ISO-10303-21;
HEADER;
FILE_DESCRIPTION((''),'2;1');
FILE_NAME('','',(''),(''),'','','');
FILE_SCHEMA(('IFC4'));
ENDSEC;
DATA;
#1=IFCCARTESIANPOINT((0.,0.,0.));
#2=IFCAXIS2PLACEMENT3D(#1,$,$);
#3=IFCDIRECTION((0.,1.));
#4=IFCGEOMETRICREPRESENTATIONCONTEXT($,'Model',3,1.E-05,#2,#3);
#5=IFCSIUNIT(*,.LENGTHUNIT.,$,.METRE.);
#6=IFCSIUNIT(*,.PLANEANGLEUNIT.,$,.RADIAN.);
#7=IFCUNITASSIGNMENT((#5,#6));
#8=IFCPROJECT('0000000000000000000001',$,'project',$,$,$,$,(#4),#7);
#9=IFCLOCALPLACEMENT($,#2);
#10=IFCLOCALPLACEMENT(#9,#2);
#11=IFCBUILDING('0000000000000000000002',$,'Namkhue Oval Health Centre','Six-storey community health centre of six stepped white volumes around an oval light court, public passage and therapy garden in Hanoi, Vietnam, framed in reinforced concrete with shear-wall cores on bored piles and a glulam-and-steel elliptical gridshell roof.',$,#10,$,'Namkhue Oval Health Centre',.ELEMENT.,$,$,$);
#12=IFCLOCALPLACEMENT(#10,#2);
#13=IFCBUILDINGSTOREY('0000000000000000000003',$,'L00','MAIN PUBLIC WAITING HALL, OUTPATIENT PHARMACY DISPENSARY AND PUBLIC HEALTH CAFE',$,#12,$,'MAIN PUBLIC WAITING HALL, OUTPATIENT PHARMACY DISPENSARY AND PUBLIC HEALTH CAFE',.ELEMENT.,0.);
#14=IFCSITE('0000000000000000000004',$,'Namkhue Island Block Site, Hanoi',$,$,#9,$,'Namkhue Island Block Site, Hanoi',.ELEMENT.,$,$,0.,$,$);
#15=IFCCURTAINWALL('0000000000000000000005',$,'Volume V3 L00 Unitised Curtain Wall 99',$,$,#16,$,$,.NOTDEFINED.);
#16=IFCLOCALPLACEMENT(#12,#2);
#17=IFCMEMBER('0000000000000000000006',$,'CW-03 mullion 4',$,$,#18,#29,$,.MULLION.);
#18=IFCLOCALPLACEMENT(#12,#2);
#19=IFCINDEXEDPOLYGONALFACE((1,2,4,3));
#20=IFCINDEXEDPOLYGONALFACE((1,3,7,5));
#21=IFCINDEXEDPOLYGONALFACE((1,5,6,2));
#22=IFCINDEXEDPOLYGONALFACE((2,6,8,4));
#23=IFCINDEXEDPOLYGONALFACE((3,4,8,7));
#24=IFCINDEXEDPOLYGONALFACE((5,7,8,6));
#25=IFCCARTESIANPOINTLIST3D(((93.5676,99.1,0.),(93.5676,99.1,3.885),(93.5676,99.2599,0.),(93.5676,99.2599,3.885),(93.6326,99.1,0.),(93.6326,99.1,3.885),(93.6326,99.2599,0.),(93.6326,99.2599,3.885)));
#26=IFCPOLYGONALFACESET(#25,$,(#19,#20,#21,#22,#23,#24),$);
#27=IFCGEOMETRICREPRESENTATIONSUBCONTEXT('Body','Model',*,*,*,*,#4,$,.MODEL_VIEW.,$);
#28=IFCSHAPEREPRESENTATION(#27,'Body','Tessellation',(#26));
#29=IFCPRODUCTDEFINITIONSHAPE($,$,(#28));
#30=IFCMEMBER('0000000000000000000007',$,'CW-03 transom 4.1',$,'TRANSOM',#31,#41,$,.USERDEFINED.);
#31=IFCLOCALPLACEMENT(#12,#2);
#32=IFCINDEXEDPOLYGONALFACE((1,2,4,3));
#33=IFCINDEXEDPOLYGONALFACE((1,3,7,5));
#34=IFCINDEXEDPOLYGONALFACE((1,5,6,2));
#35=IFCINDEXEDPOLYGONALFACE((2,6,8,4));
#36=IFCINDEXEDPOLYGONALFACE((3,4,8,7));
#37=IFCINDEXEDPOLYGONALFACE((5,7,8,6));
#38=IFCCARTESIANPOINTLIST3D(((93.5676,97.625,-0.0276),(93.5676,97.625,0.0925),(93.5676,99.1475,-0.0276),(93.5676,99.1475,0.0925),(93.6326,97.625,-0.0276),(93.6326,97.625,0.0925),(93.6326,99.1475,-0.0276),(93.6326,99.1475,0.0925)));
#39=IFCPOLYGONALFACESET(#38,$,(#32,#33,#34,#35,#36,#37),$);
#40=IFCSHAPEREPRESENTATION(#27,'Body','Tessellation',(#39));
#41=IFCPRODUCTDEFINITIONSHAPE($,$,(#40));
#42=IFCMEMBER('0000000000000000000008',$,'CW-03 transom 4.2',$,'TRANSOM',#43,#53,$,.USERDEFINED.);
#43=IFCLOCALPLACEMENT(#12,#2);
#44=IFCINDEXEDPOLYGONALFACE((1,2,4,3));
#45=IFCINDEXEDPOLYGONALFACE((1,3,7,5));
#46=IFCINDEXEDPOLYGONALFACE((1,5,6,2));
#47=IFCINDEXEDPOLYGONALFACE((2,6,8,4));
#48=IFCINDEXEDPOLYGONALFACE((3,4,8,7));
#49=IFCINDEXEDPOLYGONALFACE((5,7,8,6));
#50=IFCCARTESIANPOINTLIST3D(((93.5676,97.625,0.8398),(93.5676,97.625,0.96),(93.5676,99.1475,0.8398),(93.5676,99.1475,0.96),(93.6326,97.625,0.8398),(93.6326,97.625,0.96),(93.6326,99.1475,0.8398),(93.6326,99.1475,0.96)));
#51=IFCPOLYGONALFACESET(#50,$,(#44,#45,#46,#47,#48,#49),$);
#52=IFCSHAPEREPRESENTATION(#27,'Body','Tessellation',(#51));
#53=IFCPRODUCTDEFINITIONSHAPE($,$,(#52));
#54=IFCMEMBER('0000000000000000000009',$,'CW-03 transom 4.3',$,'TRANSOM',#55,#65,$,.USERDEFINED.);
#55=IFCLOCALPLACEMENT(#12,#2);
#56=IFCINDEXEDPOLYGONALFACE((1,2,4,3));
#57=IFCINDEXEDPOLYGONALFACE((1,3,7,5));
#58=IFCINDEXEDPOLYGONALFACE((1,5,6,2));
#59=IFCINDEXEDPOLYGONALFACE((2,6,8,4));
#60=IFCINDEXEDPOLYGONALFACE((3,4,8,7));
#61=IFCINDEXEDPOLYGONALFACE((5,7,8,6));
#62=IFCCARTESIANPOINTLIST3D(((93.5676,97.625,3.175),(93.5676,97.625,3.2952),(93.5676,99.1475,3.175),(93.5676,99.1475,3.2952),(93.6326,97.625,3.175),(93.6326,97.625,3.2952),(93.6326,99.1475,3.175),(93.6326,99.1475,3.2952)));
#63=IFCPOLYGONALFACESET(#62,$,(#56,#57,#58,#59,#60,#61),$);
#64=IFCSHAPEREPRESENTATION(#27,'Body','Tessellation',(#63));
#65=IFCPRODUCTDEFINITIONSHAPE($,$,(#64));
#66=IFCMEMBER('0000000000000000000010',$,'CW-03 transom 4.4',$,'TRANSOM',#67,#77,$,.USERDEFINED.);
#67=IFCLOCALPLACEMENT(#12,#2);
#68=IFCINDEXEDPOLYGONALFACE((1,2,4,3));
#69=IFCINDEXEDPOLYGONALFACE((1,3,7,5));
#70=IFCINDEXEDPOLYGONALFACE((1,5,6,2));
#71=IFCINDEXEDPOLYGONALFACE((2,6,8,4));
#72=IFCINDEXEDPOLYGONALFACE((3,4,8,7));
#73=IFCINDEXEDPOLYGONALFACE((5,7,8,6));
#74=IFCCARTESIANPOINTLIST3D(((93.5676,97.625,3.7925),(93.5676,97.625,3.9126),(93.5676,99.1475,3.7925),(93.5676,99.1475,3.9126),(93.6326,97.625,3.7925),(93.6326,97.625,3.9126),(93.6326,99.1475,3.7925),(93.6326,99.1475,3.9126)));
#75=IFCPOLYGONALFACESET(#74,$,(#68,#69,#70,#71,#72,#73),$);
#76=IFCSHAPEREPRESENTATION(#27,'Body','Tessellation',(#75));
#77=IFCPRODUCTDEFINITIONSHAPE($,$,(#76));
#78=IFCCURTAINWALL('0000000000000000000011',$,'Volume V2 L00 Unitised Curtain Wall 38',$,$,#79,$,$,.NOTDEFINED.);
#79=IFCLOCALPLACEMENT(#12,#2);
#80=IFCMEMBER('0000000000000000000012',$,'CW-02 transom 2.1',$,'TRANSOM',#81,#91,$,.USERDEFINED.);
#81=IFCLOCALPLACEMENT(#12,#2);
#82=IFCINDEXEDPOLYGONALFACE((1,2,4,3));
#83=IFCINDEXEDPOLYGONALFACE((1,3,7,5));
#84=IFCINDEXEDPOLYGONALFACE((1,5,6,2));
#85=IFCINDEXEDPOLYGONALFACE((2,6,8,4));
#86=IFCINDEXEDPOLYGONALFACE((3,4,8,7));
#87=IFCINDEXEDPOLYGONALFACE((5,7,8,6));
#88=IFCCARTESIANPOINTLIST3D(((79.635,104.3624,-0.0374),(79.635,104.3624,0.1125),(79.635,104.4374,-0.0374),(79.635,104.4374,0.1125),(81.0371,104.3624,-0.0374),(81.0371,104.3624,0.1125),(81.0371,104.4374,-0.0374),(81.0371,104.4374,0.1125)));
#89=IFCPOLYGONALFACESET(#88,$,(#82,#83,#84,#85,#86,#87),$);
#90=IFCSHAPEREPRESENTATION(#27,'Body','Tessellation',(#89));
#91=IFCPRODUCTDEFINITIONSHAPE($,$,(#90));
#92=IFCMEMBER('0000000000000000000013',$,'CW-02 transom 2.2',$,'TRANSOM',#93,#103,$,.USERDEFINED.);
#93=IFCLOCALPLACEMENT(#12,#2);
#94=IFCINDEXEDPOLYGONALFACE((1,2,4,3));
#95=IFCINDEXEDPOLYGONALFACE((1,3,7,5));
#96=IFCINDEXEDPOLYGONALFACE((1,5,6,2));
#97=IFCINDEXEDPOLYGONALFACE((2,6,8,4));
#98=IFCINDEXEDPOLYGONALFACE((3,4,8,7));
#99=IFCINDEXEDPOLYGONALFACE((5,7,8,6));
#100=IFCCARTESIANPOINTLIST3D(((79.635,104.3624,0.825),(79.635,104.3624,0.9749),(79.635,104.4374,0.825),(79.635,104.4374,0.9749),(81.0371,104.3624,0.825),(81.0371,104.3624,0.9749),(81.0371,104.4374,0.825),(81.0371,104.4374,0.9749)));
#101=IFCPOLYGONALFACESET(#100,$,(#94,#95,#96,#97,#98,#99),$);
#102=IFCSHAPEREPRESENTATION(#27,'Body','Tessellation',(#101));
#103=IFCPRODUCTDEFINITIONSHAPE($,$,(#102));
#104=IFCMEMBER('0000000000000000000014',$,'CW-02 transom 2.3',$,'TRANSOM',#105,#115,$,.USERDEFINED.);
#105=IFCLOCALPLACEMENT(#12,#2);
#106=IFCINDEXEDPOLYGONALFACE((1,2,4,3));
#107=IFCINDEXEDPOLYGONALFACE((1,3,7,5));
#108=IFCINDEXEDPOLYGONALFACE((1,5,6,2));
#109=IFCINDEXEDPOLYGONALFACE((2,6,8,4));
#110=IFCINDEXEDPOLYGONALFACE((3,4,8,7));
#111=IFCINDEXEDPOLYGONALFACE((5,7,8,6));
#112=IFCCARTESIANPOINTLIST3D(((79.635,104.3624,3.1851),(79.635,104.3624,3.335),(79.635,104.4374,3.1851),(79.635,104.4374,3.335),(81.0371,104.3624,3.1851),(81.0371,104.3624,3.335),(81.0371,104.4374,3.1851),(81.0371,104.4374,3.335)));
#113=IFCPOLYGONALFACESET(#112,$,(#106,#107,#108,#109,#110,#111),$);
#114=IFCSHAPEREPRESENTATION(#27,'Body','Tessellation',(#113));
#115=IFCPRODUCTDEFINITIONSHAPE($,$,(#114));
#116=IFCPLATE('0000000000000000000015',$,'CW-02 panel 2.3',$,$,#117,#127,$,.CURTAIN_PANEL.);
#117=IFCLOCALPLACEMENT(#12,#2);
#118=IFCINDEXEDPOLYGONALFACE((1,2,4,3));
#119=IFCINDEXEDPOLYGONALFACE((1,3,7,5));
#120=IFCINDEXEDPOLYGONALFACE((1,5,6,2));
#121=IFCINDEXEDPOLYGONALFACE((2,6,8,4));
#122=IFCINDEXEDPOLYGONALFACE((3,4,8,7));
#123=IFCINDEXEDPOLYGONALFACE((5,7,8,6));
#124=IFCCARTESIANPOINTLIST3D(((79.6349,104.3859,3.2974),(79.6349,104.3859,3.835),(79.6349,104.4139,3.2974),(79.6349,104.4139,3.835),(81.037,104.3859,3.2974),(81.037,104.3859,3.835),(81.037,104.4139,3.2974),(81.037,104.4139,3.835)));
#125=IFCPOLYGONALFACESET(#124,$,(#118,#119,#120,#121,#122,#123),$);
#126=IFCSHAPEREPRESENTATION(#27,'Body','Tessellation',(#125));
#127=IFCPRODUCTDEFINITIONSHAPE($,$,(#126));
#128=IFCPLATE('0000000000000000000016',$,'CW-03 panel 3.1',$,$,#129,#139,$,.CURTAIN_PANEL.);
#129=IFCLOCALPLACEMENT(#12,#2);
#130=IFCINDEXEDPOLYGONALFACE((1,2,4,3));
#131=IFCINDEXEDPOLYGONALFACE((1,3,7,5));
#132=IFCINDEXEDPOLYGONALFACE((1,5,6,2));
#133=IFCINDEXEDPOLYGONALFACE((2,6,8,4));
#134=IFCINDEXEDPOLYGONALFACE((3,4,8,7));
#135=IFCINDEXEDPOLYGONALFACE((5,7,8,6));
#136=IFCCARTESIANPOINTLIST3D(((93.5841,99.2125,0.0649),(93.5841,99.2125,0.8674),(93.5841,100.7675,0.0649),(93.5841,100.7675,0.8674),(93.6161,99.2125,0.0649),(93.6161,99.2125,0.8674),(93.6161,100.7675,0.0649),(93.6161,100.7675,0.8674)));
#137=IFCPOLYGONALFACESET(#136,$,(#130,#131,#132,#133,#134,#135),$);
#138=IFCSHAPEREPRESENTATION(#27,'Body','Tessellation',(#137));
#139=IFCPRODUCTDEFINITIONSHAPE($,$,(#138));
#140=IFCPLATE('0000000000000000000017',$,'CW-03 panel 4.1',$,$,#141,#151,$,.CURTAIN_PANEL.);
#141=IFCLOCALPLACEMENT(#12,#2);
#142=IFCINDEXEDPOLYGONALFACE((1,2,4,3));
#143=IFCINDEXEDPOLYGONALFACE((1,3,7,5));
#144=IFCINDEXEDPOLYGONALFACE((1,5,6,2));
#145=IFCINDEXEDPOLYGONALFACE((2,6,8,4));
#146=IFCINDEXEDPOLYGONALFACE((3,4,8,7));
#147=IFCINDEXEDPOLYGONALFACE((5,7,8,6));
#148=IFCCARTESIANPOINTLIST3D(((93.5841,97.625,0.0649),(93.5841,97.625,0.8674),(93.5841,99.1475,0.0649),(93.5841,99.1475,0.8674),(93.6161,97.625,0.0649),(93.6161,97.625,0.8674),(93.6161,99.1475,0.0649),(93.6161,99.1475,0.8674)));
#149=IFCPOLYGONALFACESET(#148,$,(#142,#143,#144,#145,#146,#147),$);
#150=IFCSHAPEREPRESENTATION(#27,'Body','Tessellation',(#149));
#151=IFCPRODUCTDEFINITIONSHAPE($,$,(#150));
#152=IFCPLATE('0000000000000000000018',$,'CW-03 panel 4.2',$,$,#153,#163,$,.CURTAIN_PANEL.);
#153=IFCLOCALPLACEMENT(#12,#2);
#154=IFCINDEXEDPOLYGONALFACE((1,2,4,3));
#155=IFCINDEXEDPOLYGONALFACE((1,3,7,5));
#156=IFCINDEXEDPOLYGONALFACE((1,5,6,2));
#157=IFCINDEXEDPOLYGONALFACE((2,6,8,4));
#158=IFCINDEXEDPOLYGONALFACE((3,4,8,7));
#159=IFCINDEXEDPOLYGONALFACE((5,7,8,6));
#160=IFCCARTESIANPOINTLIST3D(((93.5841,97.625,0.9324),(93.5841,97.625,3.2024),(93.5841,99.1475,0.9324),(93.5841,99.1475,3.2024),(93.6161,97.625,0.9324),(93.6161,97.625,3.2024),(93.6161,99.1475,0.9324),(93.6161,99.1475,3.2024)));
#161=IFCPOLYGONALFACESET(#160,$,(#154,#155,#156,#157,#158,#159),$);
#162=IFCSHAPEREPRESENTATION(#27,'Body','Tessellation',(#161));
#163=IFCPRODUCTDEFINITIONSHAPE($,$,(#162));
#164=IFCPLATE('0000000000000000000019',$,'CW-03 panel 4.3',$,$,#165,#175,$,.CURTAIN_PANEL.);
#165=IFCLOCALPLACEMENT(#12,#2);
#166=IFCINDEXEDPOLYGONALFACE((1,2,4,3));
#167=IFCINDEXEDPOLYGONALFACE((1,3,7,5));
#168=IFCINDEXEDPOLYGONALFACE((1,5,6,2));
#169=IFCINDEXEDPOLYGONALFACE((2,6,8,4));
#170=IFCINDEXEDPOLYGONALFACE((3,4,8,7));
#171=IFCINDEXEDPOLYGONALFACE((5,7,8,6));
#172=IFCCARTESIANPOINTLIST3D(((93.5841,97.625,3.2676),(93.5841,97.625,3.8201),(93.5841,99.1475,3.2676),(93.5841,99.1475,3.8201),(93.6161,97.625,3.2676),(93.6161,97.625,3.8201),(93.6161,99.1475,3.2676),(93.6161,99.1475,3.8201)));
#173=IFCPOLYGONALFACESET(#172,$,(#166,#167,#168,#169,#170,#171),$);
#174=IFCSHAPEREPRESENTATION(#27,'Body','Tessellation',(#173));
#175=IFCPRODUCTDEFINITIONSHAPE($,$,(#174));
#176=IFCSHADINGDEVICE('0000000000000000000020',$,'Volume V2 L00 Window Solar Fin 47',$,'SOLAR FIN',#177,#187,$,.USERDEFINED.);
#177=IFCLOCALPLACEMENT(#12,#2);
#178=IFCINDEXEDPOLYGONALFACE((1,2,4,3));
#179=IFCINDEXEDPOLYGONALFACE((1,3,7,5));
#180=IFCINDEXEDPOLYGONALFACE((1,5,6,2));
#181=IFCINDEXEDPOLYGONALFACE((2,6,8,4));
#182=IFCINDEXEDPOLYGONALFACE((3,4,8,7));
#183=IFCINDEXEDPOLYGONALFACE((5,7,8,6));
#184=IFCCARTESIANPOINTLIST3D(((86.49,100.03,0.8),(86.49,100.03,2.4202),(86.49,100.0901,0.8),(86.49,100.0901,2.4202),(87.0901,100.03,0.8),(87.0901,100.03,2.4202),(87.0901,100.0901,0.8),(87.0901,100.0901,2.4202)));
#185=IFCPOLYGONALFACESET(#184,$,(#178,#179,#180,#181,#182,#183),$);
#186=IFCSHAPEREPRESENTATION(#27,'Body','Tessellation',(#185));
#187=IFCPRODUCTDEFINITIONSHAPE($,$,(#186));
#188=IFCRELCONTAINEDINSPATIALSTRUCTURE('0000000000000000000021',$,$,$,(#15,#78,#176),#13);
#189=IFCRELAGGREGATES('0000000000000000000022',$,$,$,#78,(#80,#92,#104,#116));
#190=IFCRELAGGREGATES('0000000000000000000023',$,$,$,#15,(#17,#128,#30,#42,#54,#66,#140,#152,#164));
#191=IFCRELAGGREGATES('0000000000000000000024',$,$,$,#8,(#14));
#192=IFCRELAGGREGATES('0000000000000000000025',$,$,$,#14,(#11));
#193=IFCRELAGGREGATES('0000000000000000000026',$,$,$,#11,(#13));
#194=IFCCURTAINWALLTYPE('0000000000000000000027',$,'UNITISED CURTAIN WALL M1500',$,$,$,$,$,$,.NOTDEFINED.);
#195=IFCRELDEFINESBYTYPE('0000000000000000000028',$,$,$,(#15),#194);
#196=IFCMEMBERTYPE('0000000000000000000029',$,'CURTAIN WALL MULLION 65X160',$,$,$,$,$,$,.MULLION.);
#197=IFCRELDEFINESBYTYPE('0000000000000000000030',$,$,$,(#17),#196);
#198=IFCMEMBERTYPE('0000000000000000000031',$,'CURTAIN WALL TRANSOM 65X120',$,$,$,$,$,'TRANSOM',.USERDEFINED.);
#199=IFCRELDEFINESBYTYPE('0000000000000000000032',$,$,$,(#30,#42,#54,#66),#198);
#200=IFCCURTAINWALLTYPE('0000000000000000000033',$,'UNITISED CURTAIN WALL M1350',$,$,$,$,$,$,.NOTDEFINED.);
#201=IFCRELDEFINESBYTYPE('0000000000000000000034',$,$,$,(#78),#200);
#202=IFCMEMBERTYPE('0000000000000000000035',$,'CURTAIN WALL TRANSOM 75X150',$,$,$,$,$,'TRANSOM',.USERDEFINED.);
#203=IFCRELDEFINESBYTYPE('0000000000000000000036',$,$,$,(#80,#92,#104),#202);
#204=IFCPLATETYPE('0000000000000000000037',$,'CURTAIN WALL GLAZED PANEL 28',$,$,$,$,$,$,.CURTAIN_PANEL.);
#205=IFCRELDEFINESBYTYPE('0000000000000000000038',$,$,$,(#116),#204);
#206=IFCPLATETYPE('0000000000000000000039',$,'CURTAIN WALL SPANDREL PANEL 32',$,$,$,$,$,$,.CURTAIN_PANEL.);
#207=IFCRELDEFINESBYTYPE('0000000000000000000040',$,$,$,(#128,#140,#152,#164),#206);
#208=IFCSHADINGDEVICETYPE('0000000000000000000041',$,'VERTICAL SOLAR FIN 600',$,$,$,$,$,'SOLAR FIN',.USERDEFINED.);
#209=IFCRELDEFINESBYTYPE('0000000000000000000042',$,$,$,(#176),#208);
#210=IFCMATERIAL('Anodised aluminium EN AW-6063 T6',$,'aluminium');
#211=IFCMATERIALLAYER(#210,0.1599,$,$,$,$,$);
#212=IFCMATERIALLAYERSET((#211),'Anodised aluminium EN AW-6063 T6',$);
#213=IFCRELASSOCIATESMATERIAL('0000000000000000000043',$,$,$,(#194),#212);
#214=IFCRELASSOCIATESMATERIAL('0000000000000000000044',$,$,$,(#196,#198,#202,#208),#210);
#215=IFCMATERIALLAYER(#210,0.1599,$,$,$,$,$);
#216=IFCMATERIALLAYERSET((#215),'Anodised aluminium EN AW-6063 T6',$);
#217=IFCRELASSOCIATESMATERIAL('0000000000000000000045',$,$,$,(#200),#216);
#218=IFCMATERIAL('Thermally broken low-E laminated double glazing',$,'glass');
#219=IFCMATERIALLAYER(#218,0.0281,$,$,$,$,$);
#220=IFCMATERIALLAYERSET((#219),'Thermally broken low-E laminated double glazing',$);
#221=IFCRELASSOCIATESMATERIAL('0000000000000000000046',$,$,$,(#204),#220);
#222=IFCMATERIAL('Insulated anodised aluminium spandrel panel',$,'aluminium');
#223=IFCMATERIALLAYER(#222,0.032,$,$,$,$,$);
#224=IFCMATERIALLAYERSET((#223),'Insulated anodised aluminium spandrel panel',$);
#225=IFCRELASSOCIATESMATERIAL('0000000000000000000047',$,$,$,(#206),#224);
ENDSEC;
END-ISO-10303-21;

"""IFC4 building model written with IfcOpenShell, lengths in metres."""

from ifc_helpers import new_model, si_unit, direction, frame, origin, origin_2d, place, context, subcontext, project, spatial, rectangle, extrude, material, layer, layer_set, material_profile, profile_set, type_object, element, aggregate, save


model = new_model("IFC4")

# Units and contexts
model_context = context("Model", 3, precision=1e-05, world=origin(), true_north=direction((0.0, 1.0)))
body_context = subcontext(model_context, "Body", "Model", "MODEL_VIEW")
ifc_project = project(units=[si_unit("LENGTHUNIT", "METRE"), si_unit("PLANEANGLEUNIT", "RADIAN")], contexts=[model_context])

# Site, building, storey
site_placement = place(None, origin())
site = spatial("IfcSite", under=ifc_project, at=site_placement, Name="Namkhue Island Block Site, Hanoi", LongName="Namkhue Island Block Site, Hanoi", CompositionType="ELEMENT", RefElevation=0.0)
building_placement = place(site_placement, origin())
building = spatial("IfcBuilding", under=site, at=building_placement, Name="Namkhue Oval Health Centre", Description="Six-storey community health centre of six stepped white volumes around an oval light court, public passage and therapy garden in Hanoi, Vietnam, framed in reinforced concrete with shear-wall cores on bored piles and a glulam-and-steel elliptical gridshell roof.", LongName="Namkhue Oval Health Centre", CompositionType="ELEMENT")
storey_placement = place(building_placement, origin())
storey = spatial("IfcBuildingStorey", under=building, at=storey_placement, Name="L00", Description="MAIN PUBLIC WAITING HALL, OUTPATIENT PHARMACY DISPENSARY AND PUBLIC HEALTH CAFE", LongName="MAIN PUBLIC WAITING HALL, OUTPATIENT PHARMACY DISPENSARY AND PUBLIC HEALTH CAFE", CompositionType="ELEMENT", Elevation=0.0)

# Curtain wall, members
ifc_material_1 = material(Name="Anodised aluminium EN AW-6063 T6", Category="aluminium")
ifc_layer_1 = layer(ifc_material_1, 0.1599)
ifc_layer_set_1 = layer_set([ifc_layer_1], Name="Anodised aluminium EN AW-6063 T6")
curtain_wall_type_1 = type_object("IfcCurtainWallType", Name="UNITISED CURTAIN WALL M1500", PredefinedType="NOTDEFINED", material=ifc_layer_set_1)
curtain_wall_1_placement = place(storey_placement, origin())
curtain_wall_1 = element("IfcCurtainWall", 1, at=curtain_wall_1_placement, inside=storey, type_object=curtain_wall_type_1, Name="Volume V3 L00 Unitised Curtain Wall 99", PredefinedType="NOTDEFINED")
ifc_material_profile_1 = material_profile(ifc_material_1, rectangle(XDim=0.0649, YDim=0.1599, at=origin_2d()), Name="ALU 65x160")
ifc_profile_set_1 = profile_set([ifc_material_profile_1], Name="Anodised aluminium EN AW-6063 T6")
member_type_1 = type_object("IfcMemberType", Name="CURTAIN WALL MULLION 65X160", PredefinedType="MULLION", material=ifc_profile_set_1)
member_1_placement = place(storey_placement, frame((93.6001, 99.1799, 0.0), z_axis=(0.0, 0.0, 1.0), x_axis=(1.0, 0.0, 0.0)))
member_1 = element("IfcMember", 2, at=member_1_placement, type_object=member_type_1, Name="CW-03 mullion 4", PredefinedType="MULLION", context=body_context, shape_type="SweptSolid", body=[
    extrude(rectangle(XDim=0.0649, YDim=0.1599, at=origin_2d()), origin(), (0.0, 0.0, 1.0), 3.885),
])
ifc_material_profile_2 = material_profile(ifc_material_1, rectangle(XDim=0.0649, YDim=0.1201, at=origin_2d()), Name="ALU 65x120")
ifc_profile_set_2 = profile_set([ifc_material_profile_2], Name="Anodised aluminium EN AW-6063 T6")
member_type_2 = type_object("IfcMemberType", Name="CURTAIN WALL TRANSOM 65X120", ElementType="TRANSOM", PredefinedType="USERDEFINED", material=ifc_profile_set_2)
member_2_placement = place(storey_placement, frame((93.6001, 99.1475, 0.0325), z_axis=(0.0, -1.0, 0.0), x_axis=(1.0, 0.0, 0.0)))
member_2 = element("IfcMember", 3, at=member_2_placement, type_object=member_type_2, Name="CW-03 transom 4.1", ObjectType="TRANSOM", PredefinedType="USERDEFINED", context=body_context, shape_type="SweptSolid", body=[
    extrude(rectangle(XDim=0.0649, YDim=0.1201, at=origin_2d()), origin(), (0.0, 0.0, 1.0), 1.5225),
])
member_3_placement = place(storey_placement, frame((93.6001, 99.1475, 0.8999), z_axis=(0.0, -1.0, 0.0), x_axis=(1.0, 0.0, 0.0)))
member_3 = element("IfcMember", 4, at=member_3_placement, type_object=member_type_2, Name="CW-03 transom 4.2", ObjectType="TRANSOM", PredefinedType="USERDEFINED", context=body_context, shape_type="SweptSolid", body=[
    extrude(rectangle(XDim=0.0649, YDim=0.1201, at=origin_2d()), origin(), (0.0, 0.0, 1.0), 1.5225),
])
member_4_placement = place(storey_placement, frame((93.6001, 99.1475, 3.2351), z_axis=(0.0, -1.0, 0.0), x_axis=(1.0, 0.0, 0.0)))
member_4 = element("IfcMember", 5, at=member_4_placement, type_object=member_type_2, Name="CW-03 transom 4.3", ObjectType="TRANSOM", PredefinedType="USERDEFINED", context=body_context, shape_type="SweptSolid", body=[
    extrude(rectangle(XDim=0.0649, YDim=0.1201, at=origin_2d()), origin(), (0.0, 0.0, 1.0), 1.5225),
])
member_5_placement = place(storey_placement, frame((93.6001, 99.1475, 3.8525), z_axis=(0.0, -1.0, 0.0), x_axis=(1.0, 0.0, 0.0)))
member_5 = element("IfcMember", 6, at=member_5_placement, type_object=member_type_2, Name="CW-03 transom 4.4", ObjectType="TRANSOM", PredefinedType="USERDEFINED", context=body_context, shape_type="SweptSolid", body=[
    extrude(rectangle(XDim=0.0649, YDim=0.1201, at=origin_2d()), origin(), (0.0, 0.0, 1.0), 1.5225),
])

# Curtain wall, members, plate
ifc_layer_2 = layer(ifc_material_1, 0.1599)
ifc_layer_set_2 = layer_set([ifc_layer_2], Name="Anodised aluminium EN AW-6063 T6")
curtain_wall_type_2 = type_object("IfcCurtainWallType", Name="UNITISED CURTAIN WALL M1350", PredefinedType="NOTDEFINED", material=ifc_layer_set_2)
curtain_wall_2_placement = place(storey_placement, origin())
curtain_wall_2 = element("IfcCurtainWall", 7, at=curtain_wall_2_placement, inside=storey, type_object=curtain_wall_type_2, Name="Volume V2 L00 Unitised Curtain Wall 38", PredefinedType="NOTDEFINED")
ifc_material_profile_3 = material_profile(ifc_material_1, rectangle(XDim=0.075, YDim=0.1499, at=origin_2d()), Name="ALU 75x150")
ifc_profile_set_3 = profile_set([ifc_material_profile_3], Name="Anodised aluminium EN AW-6063 T6")
member_type_3 = type_object("IfcMemberType", Name="CURTAIN WALL TRANSOM 75X150", ElementType="TRANSOM", PredefinedType="USERDEFINED", material=ifc_profile_set_3)
member_6_placement = place(storey_placement, frame((81.0371, 104.3999, 0.0376), z_axis=(-1.0, 0.0, 0.0), x_axis=(0.0, -1.0, 0.0)))
member_6 = element("IfcMember", 8, at=member_6_placement, type_object=member_type_3, Name="CW-02 transom 2.1", ObjectType="TRANSOM", PredefinedType="USERDEFINED", context=body_context, shape_type="SweptSolid", body=[
    extrude(rectangle(XDim=0.075, YDim=0.1499, at=origin_2d()), origin(), (0.0, 0.0, 1.0), 1.4021),
])
member_7_placement = place(storey_placement, frame((81.0371, 104.3999, 0.8999), z_axis=(-1.0, 0.0, 0.0), x_axis=(0.0, -1.0, 0.0)))
member_7 = element("IfcMember", 9, at=member_7_placement, type_object=member_type_3, Name="CW-02 transom 2.2", ObjectType="TRANSOM", PredefinedType="USERDEFINED", context=body_context, shape_type="SweptSolid", body=[
    extrude(rectangle(XDim=0.075, YDim=0.1499, at=origin_2d()), origin(), (0.0, 0.0, 1.0), 1.4021),
])
member_8_placement = place(storey_placement, frame((81.0371, 104.3999, 3.26), z_axis=(-1.0, 0.0, 0.0), x_axis=(0.0, -1.0, 0.0)))
member_8 = element("IfcMember", 10, at=member_8_placement, type_object=member_type_3, Name="CW-02 transom 2.3", ObjectType="TRANSOM", PredefinedType="USERDEFINED", context=body_context, shape_type="SweptSolid", body=[
    extrude(rectangle(XDim=0.075, YDim=0.1499, at=origin_2d()), origin(), (0.0, 0.0, 1.0), 1.4021),
])
ifc_material_2 = material(Name="Thermally broken low-E laminated double glazing", Category="glass")
ifc_layer_3 = layer(ifc_material_2, 0.0281)
ifc_layer_set_3 = layer_set([ifc_layer_3], Name="Thermally broken low-E laminated double glazing")
plate_type_1 = type_object("IfcPlateType", Name="CURTAIN WALL GLAZED PANEL 28", PredefinedType="CURTAIN_PANEL", material=ifc_layer_set_3)
plate_1_placement = place(storey_placement, frame((80.3359, 104.3999, 3.2974), z_axis=(0.0, 0.0, 1.0), x_axis=(-1.0, 0.0, 0.0)))
plate_1 = element("IfcPlate", 11, at=plate_1_placement, type_object=plate_type_1, Name="CW-02 panel 2.3", PredefinedType="CURTAIN_PANEL", context=body_context, shape_type="SweptSolid", body=[
    extrude(rectangle(XDim=1.4021, YDim=0.0281, at=origin_2d()), origin(), (0.0, 0.0, 1.0), 0.5376),
])
aggregate(curtain_wall_2, [member_6, member_7, member_8, plate_1])

# Plates
ifc_material_3 = material(Name="Insulated anodised aluminium spandrel panel", Category="aluminium")
ifc_layer_4 = layer(ifc_material_3, 0.032)
ifc_layer_set_4 = layer_set([ifc_layer_4], Name="Insulated anodised aluminium spandrel panel")
plate_type_2 = type_object("IfcPlateType", Name="CURTAIN WALL SPANDREL PANEL 32", PredefinedType="CURTAIN_PANEL", material=ifc_layer_set_4)
plate_2_placement = place(storey_placement, frame((93.6001, 99.99, 0.0649), z_axis=(0.0, 0.0, 1.0), x_axis=(0.0, -1.0, 0.0)))
plate_2 = element("IfcPlate", 12, at=plate_2_placement, type_object=plate_type_2, Name="CW-03 panel 3.1", PredefinedType="CURTAIN_PANEL", context=body_context, shape_type="SweptSolid", body=[
    extrude(rectangle(XDim=1.5549, YDim=0.032, at=origin_2d()), origin(), (0.0, 0.0, 1.0), 0.8025),
])
plate_3_placement = place(storey_placement, frame((93.6001, 98.3862, 0.0649), z_axis=(0.0, 0.0, 1.0), x_axis=(0.0, -1.0, 0.0)))
plate_3 = element("IfcPlate", 13, at=plate_3_placement, type_object=plate_type_2, Name="CW-03 panel 4.1", PredefinedType="CURTAIN_PANEL", context=body_context, shape_type="SweptSolid", body=[
    extrude(rectangle(XDim=1.5225, YDim=0.032, at=origin_2d()), origin(), (0.0, 0.0, 1.0), 0.8025),
])
plate_4_placement = place(storey_placement, frame((93.6001, 98.3862, 0.9324), z_axis=(0.0, 0.0, 1.0), x_axis=(0.0, -1.0, 0.0)))
plate_4 = element("IfcPlate", 14, at=plate_4_placement, type_object=plate_type_2, Name="CW-03 panel 4.2", PredefinedType="CURTAIN_PANEL", context=body_context, shape_type="SweptSolid", body=[
    extrude(rectangle(XDim=1.5225, YDim=0.032, at=origin_2d()), origin(), (0.0, 0.0, 1.0), 2.27),
])
plate_5_placement = place(storey_placement, frame((93.6001, 98.3862, 3.2676), z_axis=(0.0, 0.0, 1.0), x_axis=(0.0, -1.0, 0.0)))
plate_5 = element("IfcPlate", 15, at=plate_5_placement, type_object=plate_type_2, Name="CW-03 panel 4.3", PredefinedType="CURTAIN_PANEL", context=body_context, shape_type="SweptSolid", body=[
    extrude(rectangle(XDim=1.5225, YDim=0.032, at=origin_2d()), origin(), (0.0, 0.0, 1.0), 0.5525),
])
aggregate(curtain_wall_1, [member_1, plate_2, member_2, member_3, member_4, member_5, plate_3, plate_4, plate_5])

# Shading device
shading_device_type = type_object("IfcShadingDeviceType", Name="VERTICAL SOLAR FIN 600", ElementType="SOLAR FIN", PredefinedType="USERDEFINED", material=ifc_material_1)
shading_device_1_placement = place(storey_placement, frame((86.79, 100.0601, 0.8), z_axis=(0.0, 0.0, 1.0), x_axis=(1.0, 0.0, 0.0)))
element("IfcShadingDevice", 16, at=shading_device_1_placement, inside=storey, type_object=shading_device_type, Name="Volume V2 L00 Window Solar Fin 47", ObjectType="SOLAR FIN", PredefinedType="USERDEFINED", context=body_context, shape_type="SweptSolid", body=[
    extrude(rectangle(XDim=0.6001, YDim=0.0601, at=origin_2d()), origin(), (0.0, 0.0, 1.0), 1.6201),
])

save(model, "model.ifc")
